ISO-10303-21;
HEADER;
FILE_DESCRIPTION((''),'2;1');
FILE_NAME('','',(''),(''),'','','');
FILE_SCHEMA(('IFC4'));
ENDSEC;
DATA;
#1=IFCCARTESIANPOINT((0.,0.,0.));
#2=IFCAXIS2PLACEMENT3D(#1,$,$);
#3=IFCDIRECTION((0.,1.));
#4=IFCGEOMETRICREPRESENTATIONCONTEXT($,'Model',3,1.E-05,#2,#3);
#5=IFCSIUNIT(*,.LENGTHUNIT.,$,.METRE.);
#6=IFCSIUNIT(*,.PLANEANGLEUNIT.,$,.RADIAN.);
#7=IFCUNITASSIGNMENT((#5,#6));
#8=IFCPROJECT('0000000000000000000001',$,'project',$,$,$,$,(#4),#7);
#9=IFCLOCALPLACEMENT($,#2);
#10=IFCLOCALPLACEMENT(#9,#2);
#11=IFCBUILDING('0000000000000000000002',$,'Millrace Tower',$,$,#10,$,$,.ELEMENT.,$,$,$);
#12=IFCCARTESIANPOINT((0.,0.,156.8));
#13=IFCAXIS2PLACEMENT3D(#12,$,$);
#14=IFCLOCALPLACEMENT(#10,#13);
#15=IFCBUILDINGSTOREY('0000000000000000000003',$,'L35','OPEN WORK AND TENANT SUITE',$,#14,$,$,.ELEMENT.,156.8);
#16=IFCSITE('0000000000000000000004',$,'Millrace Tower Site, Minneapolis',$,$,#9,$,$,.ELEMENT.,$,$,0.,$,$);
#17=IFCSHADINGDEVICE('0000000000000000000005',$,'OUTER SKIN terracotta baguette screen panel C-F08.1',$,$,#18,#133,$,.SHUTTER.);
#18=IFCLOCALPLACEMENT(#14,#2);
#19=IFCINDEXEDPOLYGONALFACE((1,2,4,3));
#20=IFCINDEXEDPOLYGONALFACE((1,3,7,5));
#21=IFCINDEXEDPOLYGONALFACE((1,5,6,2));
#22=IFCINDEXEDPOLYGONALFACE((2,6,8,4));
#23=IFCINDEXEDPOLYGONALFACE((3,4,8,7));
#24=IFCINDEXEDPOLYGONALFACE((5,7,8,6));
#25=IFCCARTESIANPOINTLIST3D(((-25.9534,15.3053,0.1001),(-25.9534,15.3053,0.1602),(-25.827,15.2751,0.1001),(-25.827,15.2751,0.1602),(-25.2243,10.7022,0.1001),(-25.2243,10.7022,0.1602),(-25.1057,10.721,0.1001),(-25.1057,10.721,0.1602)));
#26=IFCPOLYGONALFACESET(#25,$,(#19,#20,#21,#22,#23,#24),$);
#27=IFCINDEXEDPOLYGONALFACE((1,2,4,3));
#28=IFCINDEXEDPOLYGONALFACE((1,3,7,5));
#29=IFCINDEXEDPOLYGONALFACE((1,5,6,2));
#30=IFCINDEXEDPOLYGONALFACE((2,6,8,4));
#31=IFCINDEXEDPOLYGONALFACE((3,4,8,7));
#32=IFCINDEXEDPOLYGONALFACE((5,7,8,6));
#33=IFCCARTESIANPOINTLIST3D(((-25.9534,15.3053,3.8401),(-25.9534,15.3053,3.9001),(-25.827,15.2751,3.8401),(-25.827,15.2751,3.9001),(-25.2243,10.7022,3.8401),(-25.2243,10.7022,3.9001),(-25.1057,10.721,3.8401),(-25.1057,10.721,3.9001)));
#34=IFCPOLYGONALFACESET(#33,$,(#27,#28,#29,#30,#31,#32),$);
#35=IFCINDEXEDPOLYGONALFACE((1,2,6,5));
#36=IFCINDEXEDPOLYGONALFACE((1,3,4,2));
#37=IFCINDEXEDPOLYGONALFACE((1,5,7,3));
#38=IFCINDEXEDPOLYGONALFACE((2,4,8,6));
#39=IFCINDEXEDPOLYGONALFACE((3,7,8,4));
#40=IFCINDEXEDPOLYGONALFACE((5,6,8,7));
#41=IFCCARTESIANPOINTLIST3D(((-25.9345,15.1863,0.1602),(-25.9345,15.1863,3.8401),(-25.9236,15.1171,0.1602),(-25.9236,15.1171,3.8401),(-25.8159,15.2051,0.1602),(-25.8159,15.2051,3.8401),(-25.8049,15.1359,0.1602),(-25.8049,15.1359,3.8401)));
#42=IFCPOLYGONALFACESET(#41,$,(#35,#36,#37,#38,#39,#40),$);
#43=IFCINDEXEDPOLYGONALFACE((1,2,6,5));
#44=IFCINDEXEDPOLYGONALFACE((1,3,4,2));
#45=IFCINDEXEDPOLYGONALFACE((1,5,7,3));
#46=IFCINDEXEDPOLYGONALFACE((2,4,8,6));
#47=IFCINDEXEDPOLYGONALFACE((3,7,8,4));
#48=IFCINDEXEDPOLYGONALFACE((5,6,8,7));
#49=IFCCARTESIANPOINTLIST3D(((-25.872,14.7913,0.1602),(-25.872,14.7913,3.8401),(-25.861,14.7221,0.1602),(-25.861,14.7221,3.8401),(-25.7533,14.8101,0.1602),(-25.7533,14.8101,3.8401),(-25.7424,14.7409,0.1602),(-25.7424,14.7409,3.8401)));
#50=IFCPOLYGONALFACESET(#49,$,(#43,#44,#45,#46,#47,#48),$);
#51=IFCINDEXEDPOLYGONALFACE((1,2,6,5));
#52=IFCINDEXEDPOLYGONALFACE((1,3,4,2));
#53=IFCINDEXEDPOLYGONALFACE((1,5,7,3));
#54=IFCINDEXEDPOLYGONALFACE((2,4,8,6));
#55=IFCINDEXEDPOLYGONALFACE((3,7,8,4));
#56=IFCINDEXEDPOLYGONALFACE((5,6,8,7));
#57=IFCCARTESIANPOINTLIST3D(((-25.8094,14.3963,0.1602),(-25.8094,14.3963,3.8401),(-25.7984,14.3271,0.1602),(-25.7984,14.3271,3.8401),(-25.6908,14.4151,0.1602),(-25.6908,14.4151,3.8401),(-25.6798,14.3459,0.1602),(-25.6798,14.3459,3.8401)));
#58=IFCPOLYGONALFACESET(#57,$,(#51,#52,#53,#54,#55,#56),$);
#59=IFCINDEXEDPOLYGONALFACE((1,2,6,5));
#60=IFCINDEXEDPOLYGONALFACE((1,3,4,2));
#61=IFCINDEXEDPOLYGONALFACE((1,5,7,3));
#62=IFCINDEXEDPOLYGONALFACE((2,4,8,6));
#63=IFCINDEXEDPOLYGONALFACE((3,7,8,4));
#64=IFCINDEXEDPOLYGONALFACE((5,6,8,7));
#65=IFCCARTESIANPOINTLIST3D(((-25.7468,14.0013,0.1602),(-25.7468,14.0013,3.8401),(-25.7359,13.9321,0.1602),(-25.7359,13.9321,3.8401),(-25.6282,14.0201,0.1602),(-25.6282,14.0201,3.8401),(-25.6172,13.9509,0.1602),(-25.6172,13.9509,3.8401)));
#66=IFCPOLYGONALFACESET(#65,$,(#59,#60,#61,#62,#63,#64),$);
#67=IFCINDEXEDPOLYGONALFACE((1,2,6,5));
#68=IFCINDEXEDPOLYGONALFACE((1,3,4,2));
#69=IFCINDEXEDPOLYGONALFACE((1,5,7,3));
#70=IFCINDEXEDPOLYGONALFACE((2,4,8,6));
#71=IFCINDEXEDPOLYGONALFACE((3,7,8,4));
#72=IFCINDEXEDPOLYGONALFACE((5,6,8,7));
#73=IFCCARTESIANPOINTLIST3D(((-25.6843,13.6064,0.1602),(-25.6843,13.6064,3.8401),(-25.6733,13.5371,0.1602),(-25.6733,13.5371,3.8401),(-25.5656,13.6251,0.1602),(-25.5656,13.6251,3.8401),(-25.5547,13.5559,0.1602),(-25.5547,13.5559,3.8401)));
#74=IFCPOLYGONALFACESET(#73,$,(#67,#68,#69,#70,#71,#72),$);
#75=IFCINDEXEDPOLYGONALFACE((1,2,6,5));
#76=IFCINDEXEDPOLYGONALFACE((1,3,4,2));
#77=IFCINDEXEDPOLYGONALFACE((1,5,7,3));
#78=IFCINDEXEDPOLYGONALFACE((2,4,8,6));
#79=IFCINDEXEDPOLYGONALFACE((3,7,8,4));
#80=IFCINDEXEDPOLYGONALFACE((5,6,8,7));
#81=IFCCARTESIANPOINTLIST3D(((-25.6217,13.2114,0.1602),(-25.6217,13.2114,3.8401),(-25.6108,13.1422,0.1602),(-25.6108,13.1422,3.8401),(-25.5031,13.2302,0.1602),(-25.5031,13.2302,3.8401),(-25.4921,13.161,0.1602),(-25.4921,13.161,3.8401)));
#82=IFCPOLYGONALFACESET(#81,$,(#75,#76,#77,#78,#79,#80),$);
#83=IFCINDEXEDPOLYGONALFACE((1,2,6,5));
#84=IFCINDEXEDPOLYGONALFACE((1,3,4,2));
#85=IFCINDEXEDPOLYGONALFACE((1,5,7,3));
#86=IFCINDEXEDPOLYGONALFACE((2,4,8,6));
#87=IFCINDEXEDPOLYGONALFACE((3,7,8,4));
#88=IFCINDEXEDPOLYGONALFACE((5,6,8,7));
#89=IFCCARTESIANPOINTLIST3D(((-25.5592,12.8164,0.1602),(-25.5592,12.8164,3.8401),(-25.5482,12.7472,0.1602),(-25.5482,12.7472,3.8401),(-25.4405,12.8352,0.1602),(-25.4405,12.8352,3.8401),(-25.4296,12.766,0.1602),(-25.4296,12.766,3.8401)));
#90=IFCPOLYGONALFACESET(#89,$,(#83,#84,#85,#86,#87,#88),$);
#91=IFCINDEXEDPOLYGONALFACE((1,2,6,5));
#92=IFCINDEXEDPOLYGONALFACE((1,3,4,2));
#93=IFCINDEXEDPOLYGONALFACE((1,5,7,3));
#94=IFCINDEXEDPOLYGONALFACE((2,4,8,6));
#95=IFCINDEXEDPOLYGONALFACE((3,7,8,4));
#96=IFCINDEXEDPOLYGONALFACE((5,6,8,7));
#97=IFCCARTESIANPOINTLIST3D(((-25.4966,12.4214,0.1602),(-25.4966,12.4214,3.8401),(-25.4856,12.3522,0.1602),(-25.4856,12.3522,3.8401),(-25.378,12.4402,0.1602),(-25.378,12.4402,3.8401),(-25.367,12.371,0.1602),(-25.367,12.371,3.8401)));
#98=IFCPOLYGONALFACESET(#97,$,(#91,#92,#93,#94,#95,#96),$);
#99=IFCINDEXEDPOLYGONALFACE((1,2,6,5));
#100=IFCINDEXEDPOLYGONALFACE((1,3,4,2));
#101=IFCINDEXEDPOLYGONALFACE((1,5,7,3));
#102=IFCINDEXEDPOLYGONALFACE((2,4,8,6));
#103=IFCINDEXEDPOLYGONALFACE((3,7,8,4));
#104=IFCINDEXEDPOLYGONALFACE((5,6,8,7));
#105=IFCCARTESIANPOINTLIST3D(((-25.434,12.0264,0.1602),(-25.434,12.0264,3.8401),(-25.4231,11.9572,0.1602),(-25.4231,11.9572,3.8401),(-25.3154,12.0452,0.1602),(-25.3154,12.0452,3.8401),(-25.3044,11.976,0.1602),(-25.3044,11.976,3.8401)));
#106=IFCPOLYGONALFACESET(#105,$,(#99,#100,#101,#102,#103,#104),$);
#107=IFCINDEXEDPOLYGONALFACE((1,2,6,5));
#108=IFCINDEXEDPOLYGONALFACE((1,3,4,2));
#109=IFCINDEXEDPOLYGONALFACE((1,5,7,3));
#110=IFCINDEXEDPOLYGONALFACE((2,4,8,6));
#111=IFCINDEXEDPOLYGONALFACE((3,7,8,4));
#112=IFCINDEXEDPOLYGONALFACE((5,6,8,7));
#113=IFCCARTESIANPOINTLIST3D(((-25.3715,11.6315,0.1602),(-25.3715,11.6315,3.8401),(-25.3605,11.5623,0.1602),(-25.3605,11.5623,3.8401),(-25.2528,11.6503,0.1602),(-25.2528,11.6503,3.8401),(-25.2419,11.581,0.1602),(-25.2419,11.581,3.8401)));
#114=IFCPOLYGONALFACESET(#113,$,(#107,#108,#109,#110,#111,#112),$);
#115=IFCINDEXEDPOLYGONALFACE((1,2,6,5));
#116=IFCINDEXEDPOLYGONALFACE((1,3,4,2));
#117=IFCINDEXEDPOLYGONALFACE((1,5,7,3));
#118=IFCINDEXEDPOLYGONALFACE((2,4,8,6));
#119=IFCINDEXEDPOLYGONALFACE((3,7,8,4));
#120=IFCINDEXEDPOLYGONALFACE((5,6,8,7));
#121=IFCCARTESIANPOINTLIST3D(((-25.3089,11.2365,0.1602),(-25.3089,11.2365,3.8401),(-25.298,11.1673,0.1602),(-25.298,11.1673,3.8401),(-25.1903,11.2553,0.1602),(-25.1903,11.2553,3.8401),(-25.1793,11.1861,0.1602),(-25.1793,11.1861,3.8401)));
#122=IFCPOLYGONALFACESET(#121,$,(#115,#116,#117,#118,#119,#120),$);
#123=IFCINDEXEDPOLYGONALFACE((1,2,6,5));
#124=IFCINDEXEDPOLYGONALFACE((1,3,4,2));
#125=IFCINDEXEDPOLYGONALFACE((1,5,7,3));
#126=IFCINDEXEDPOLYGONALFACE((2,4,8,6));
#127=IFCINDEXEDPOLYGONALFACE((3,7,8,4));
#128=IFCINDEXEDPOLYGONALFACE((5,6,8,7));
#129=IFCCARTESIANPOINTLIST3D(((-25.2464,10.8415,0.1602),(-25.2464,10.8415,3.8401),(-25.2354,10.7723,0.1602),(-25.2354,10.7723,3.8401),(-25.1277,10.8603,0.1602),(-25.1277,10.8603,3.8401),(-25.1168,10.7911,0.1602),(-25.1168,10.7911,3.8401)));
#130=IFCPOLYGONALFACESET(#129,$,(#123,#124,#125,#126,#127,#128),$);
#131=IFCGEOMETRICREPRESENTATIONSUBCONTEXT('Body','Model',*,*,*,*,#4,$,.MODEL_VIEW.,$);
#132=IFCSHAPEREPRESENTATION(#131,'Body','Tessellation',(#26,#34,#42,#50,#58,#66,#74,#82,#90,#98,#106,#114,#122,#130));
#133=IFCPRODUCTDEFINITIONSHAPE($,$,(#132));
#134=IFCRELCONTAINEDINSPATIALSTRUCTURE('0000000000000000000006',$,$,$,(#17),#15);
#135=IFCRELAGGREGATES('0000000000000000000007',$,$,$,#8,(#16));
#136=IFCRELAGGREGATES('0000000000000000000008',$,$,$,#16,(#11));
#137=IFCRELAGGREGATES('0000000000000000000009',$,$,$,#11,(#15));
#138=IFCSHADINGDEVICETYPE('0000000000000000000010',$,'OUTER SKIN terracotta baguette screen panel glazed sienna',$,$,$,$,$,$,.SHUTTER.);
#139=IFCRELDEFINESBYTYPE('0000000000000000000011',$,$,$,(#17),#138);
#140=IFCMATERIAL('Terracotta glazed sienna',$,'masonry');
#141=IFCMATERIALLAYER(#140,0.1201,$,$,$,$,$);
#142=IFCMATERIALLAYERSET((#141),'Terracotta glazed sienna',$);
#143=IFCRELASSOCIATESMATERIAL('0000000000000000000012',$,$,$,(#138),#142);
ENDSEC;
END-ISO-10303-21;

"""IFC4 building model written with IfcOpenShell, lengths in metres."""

from ifc_helpers import new_model, entity, si_unit, direction, frame, frame_2d, origin, place, context, subcontext, project, spatial, rectangle, extrude, source, transform, mapped, material, layer, layer_set, type_object, element, save


model = new_model("IFC4")

# Units and contexts
model_context = context("Model", 3, precision=1e-05, world=origin(), true_north=direction((0.0, 1.0)))
body_context = subcontext(model_context, "Body", "Model", "MODEL_VIEW")
ifc_project = project(units=[si_unit("LENGTHUNIT", "METRE"), si_unit("PLANEANGLEUNIT", "RADIAN")], contexts=[model_context])

# Site, building, storey
site_placement = place(None, origin())
site = spatial("IfcSite", under=ifc_project, at=site_placement, Name="Millrace Tower Site, Minneapolis", CompositionType="ELEMENT", RefElevation=0.0)
building_placement = place(site_placement, origin())
building = spatial("IfcBuilding", under=site, at=building_placement, Name="Millrace Tower", CompositionType="ELEMENT")
storey_placement = place(building_placement, frame((0.0, 0.0, 156.8)))
storey = spatial("IfcBuildingStorey", under=building, at=storey_placement, Name="L35", Description="OPEN WORK AND TENANT SUITE", CompositionType="ELEMENT", Elevation=156.8)

# Shading device
ifc_material_1 = material(Name="Terracotta glazed sienna", Category="masonry")
ifc_layer_1 = layer(ifc_material_1, 0.1201)
ifc_layer_set_1 = layer_set([ifc_layer_1], Name="Terracotta glazed sienna")
shading_device_type = type_object("IfcShadingDeviceType", Name="OUTER SKIN terracotta baguette screen panel glazed sienna", PredefinedType="SHUTTER", material=ifc_layer_set_1)
cartesian_point_1 = entity("IfcCartesianPoint", [-2.293, 0.0601])
shared_polyline_1 = entity("IfcPolyline", [cartesian_point_1, entity("IfcCartesianPoint", [2.3179, 0.0601]), entity("IfcCartesianPoint", [2.3179, -0.0601]), entity("IfcCartesianPoint", [-2.3425, -0.0601]), cartesian_point_1])
shared_shape_1 = source(origin(), body_context, "Body", "SweptSolid", [
    entity("IfcExtrudedAreaSolid", entity("IfcArbitraryClosedProfileDef", "AREA", None, shared_polyline_1), entity("IfcAxis2Placement3D", entity("IfcCartesianPoint", [0.0, 0.0, 0.0])), entity("IfcDirection", [0.0, 0.0, 1.0]), 0.0601),
    entity("IfcExtrudedAreaSolid", entity("IfcArbitraryClosedProfileDef", "AREA", None, shared_polyline_1), entity("IfcAxis2Placement3D", entity("IfcCartesianPoint", [0.0, 0.0, 3.74])), entity("IfcDirection", [0.0, 0.0, 1.0]), 0.0601),
    extrude(rectangle(XDim=0.0701, YDim=0.1201, at=frame_2d((-2.187, 0.0))), frame((0.0, 0.0, 0.0601)), (0.0, 0.0, 1.0), 3.6799),
    extrude(rectangle(XDim=0.0701, YDim=0.1201, at=frame_2d((-1.7871, 0.0))), frame((0.0, 0.0, 0.0601)), (0.0, 0.0, 1.0), 3.6799),
    extrude(rectangle(XDim=0.0701, YDim=0.1201, at=frame_2d((-1.3872, 0.0))), frame((0.0, 0.0, 0.0601)), (0.0, 0.0, 1.0), 3.6799),
    extrude(rectangle(XDim=0.0701, YDim=0.1201, at=frame_2d((-0.9873, 0.0))), frame((0.0, 0.0, 0.0601)), (0.0, 0.0, 1.0), 3.6799),
    extrude(rectangle(XDim=0.0701, YDim=0.1201, at=frame_2d((-0.5874, 0.0))), frame((0.0, 0.0, 0.0601)), (0.0, 0.0, 1.0), 3.6799),
    extrude(rectangle(XDim=0.0701, YDim=0.1201, at=frame_2d((-0.1875, 0.0))), frame((0.0, 0.0, 0.0601)), (0.0, 0.0, 1.0), 3.6799),
    extrude(rectangle(XDim=0.0701, YDim=0.1201, at=frame_2d((0.2124, 0.0))), frame((0.0, 0.0, 0.0601)), (0.0, 0.0, 1.0), 3.6799),
    extrude(rectangle(XDim=0.0701, YDim=0.1201, at=frame_2d((0.6123, 0.0))), frame((0.0, 0.0, 0.0601)), (0.0, 0.0, 1.0), 3.6799),
    extrude(rectangle(XDim=0.0701, YDim=0.1201, at=frame_2d((1.0122, 0.0))), frame((0.0, 0.0, 0.0601)), (0.0, 0.0, 1.0), 3.6799),
    extrude(rectangle(XDim=0.0701, YDim=0.1201, at=frame_2d((1.4121, 0.0))), frame((0.0, 0.0, 0.0601)), (0.0, 0.0, 1.0), 3.6799),
    extrude(rectangle(XDim=0.0701, YDim=0.1201, at=frame_2d((1.812, 0.0))), frame((0.0, 0.0, 0.0601)), (0.0, 0.0, 1.0), 3.6799),
    extrude(rectangle(XDim=0.0701, YDim=0.1201, at=frame_2d((2.2119, 0.0))), frame((0.0, 0.0, 0.0601)), (0.0, 0.0, 1.0), 3.6799),
])
shading_device_1_placement = place(storey_placement, frame((-25.5276, 13.001, 0.1001), z_axis=(0.0, 0.0, 1.0), x_axis=(0.156434, -0.987688, 0.0)))
element("IfcShadingDevice", 1, at=shading_device_1_placement, inside=storey, type_object=shading_device_type, Name="OUTER SKIN terracotta baguette screen panel C-F08.1", PredefinedType="SHUTTER", context=body_context, shape_type="MappedRepresentation", body=[
    mapped(shared_shape_1, transform((0.0, 0.0, 0.0), scale=1.0)),
])

save(model, "model.ifc")
